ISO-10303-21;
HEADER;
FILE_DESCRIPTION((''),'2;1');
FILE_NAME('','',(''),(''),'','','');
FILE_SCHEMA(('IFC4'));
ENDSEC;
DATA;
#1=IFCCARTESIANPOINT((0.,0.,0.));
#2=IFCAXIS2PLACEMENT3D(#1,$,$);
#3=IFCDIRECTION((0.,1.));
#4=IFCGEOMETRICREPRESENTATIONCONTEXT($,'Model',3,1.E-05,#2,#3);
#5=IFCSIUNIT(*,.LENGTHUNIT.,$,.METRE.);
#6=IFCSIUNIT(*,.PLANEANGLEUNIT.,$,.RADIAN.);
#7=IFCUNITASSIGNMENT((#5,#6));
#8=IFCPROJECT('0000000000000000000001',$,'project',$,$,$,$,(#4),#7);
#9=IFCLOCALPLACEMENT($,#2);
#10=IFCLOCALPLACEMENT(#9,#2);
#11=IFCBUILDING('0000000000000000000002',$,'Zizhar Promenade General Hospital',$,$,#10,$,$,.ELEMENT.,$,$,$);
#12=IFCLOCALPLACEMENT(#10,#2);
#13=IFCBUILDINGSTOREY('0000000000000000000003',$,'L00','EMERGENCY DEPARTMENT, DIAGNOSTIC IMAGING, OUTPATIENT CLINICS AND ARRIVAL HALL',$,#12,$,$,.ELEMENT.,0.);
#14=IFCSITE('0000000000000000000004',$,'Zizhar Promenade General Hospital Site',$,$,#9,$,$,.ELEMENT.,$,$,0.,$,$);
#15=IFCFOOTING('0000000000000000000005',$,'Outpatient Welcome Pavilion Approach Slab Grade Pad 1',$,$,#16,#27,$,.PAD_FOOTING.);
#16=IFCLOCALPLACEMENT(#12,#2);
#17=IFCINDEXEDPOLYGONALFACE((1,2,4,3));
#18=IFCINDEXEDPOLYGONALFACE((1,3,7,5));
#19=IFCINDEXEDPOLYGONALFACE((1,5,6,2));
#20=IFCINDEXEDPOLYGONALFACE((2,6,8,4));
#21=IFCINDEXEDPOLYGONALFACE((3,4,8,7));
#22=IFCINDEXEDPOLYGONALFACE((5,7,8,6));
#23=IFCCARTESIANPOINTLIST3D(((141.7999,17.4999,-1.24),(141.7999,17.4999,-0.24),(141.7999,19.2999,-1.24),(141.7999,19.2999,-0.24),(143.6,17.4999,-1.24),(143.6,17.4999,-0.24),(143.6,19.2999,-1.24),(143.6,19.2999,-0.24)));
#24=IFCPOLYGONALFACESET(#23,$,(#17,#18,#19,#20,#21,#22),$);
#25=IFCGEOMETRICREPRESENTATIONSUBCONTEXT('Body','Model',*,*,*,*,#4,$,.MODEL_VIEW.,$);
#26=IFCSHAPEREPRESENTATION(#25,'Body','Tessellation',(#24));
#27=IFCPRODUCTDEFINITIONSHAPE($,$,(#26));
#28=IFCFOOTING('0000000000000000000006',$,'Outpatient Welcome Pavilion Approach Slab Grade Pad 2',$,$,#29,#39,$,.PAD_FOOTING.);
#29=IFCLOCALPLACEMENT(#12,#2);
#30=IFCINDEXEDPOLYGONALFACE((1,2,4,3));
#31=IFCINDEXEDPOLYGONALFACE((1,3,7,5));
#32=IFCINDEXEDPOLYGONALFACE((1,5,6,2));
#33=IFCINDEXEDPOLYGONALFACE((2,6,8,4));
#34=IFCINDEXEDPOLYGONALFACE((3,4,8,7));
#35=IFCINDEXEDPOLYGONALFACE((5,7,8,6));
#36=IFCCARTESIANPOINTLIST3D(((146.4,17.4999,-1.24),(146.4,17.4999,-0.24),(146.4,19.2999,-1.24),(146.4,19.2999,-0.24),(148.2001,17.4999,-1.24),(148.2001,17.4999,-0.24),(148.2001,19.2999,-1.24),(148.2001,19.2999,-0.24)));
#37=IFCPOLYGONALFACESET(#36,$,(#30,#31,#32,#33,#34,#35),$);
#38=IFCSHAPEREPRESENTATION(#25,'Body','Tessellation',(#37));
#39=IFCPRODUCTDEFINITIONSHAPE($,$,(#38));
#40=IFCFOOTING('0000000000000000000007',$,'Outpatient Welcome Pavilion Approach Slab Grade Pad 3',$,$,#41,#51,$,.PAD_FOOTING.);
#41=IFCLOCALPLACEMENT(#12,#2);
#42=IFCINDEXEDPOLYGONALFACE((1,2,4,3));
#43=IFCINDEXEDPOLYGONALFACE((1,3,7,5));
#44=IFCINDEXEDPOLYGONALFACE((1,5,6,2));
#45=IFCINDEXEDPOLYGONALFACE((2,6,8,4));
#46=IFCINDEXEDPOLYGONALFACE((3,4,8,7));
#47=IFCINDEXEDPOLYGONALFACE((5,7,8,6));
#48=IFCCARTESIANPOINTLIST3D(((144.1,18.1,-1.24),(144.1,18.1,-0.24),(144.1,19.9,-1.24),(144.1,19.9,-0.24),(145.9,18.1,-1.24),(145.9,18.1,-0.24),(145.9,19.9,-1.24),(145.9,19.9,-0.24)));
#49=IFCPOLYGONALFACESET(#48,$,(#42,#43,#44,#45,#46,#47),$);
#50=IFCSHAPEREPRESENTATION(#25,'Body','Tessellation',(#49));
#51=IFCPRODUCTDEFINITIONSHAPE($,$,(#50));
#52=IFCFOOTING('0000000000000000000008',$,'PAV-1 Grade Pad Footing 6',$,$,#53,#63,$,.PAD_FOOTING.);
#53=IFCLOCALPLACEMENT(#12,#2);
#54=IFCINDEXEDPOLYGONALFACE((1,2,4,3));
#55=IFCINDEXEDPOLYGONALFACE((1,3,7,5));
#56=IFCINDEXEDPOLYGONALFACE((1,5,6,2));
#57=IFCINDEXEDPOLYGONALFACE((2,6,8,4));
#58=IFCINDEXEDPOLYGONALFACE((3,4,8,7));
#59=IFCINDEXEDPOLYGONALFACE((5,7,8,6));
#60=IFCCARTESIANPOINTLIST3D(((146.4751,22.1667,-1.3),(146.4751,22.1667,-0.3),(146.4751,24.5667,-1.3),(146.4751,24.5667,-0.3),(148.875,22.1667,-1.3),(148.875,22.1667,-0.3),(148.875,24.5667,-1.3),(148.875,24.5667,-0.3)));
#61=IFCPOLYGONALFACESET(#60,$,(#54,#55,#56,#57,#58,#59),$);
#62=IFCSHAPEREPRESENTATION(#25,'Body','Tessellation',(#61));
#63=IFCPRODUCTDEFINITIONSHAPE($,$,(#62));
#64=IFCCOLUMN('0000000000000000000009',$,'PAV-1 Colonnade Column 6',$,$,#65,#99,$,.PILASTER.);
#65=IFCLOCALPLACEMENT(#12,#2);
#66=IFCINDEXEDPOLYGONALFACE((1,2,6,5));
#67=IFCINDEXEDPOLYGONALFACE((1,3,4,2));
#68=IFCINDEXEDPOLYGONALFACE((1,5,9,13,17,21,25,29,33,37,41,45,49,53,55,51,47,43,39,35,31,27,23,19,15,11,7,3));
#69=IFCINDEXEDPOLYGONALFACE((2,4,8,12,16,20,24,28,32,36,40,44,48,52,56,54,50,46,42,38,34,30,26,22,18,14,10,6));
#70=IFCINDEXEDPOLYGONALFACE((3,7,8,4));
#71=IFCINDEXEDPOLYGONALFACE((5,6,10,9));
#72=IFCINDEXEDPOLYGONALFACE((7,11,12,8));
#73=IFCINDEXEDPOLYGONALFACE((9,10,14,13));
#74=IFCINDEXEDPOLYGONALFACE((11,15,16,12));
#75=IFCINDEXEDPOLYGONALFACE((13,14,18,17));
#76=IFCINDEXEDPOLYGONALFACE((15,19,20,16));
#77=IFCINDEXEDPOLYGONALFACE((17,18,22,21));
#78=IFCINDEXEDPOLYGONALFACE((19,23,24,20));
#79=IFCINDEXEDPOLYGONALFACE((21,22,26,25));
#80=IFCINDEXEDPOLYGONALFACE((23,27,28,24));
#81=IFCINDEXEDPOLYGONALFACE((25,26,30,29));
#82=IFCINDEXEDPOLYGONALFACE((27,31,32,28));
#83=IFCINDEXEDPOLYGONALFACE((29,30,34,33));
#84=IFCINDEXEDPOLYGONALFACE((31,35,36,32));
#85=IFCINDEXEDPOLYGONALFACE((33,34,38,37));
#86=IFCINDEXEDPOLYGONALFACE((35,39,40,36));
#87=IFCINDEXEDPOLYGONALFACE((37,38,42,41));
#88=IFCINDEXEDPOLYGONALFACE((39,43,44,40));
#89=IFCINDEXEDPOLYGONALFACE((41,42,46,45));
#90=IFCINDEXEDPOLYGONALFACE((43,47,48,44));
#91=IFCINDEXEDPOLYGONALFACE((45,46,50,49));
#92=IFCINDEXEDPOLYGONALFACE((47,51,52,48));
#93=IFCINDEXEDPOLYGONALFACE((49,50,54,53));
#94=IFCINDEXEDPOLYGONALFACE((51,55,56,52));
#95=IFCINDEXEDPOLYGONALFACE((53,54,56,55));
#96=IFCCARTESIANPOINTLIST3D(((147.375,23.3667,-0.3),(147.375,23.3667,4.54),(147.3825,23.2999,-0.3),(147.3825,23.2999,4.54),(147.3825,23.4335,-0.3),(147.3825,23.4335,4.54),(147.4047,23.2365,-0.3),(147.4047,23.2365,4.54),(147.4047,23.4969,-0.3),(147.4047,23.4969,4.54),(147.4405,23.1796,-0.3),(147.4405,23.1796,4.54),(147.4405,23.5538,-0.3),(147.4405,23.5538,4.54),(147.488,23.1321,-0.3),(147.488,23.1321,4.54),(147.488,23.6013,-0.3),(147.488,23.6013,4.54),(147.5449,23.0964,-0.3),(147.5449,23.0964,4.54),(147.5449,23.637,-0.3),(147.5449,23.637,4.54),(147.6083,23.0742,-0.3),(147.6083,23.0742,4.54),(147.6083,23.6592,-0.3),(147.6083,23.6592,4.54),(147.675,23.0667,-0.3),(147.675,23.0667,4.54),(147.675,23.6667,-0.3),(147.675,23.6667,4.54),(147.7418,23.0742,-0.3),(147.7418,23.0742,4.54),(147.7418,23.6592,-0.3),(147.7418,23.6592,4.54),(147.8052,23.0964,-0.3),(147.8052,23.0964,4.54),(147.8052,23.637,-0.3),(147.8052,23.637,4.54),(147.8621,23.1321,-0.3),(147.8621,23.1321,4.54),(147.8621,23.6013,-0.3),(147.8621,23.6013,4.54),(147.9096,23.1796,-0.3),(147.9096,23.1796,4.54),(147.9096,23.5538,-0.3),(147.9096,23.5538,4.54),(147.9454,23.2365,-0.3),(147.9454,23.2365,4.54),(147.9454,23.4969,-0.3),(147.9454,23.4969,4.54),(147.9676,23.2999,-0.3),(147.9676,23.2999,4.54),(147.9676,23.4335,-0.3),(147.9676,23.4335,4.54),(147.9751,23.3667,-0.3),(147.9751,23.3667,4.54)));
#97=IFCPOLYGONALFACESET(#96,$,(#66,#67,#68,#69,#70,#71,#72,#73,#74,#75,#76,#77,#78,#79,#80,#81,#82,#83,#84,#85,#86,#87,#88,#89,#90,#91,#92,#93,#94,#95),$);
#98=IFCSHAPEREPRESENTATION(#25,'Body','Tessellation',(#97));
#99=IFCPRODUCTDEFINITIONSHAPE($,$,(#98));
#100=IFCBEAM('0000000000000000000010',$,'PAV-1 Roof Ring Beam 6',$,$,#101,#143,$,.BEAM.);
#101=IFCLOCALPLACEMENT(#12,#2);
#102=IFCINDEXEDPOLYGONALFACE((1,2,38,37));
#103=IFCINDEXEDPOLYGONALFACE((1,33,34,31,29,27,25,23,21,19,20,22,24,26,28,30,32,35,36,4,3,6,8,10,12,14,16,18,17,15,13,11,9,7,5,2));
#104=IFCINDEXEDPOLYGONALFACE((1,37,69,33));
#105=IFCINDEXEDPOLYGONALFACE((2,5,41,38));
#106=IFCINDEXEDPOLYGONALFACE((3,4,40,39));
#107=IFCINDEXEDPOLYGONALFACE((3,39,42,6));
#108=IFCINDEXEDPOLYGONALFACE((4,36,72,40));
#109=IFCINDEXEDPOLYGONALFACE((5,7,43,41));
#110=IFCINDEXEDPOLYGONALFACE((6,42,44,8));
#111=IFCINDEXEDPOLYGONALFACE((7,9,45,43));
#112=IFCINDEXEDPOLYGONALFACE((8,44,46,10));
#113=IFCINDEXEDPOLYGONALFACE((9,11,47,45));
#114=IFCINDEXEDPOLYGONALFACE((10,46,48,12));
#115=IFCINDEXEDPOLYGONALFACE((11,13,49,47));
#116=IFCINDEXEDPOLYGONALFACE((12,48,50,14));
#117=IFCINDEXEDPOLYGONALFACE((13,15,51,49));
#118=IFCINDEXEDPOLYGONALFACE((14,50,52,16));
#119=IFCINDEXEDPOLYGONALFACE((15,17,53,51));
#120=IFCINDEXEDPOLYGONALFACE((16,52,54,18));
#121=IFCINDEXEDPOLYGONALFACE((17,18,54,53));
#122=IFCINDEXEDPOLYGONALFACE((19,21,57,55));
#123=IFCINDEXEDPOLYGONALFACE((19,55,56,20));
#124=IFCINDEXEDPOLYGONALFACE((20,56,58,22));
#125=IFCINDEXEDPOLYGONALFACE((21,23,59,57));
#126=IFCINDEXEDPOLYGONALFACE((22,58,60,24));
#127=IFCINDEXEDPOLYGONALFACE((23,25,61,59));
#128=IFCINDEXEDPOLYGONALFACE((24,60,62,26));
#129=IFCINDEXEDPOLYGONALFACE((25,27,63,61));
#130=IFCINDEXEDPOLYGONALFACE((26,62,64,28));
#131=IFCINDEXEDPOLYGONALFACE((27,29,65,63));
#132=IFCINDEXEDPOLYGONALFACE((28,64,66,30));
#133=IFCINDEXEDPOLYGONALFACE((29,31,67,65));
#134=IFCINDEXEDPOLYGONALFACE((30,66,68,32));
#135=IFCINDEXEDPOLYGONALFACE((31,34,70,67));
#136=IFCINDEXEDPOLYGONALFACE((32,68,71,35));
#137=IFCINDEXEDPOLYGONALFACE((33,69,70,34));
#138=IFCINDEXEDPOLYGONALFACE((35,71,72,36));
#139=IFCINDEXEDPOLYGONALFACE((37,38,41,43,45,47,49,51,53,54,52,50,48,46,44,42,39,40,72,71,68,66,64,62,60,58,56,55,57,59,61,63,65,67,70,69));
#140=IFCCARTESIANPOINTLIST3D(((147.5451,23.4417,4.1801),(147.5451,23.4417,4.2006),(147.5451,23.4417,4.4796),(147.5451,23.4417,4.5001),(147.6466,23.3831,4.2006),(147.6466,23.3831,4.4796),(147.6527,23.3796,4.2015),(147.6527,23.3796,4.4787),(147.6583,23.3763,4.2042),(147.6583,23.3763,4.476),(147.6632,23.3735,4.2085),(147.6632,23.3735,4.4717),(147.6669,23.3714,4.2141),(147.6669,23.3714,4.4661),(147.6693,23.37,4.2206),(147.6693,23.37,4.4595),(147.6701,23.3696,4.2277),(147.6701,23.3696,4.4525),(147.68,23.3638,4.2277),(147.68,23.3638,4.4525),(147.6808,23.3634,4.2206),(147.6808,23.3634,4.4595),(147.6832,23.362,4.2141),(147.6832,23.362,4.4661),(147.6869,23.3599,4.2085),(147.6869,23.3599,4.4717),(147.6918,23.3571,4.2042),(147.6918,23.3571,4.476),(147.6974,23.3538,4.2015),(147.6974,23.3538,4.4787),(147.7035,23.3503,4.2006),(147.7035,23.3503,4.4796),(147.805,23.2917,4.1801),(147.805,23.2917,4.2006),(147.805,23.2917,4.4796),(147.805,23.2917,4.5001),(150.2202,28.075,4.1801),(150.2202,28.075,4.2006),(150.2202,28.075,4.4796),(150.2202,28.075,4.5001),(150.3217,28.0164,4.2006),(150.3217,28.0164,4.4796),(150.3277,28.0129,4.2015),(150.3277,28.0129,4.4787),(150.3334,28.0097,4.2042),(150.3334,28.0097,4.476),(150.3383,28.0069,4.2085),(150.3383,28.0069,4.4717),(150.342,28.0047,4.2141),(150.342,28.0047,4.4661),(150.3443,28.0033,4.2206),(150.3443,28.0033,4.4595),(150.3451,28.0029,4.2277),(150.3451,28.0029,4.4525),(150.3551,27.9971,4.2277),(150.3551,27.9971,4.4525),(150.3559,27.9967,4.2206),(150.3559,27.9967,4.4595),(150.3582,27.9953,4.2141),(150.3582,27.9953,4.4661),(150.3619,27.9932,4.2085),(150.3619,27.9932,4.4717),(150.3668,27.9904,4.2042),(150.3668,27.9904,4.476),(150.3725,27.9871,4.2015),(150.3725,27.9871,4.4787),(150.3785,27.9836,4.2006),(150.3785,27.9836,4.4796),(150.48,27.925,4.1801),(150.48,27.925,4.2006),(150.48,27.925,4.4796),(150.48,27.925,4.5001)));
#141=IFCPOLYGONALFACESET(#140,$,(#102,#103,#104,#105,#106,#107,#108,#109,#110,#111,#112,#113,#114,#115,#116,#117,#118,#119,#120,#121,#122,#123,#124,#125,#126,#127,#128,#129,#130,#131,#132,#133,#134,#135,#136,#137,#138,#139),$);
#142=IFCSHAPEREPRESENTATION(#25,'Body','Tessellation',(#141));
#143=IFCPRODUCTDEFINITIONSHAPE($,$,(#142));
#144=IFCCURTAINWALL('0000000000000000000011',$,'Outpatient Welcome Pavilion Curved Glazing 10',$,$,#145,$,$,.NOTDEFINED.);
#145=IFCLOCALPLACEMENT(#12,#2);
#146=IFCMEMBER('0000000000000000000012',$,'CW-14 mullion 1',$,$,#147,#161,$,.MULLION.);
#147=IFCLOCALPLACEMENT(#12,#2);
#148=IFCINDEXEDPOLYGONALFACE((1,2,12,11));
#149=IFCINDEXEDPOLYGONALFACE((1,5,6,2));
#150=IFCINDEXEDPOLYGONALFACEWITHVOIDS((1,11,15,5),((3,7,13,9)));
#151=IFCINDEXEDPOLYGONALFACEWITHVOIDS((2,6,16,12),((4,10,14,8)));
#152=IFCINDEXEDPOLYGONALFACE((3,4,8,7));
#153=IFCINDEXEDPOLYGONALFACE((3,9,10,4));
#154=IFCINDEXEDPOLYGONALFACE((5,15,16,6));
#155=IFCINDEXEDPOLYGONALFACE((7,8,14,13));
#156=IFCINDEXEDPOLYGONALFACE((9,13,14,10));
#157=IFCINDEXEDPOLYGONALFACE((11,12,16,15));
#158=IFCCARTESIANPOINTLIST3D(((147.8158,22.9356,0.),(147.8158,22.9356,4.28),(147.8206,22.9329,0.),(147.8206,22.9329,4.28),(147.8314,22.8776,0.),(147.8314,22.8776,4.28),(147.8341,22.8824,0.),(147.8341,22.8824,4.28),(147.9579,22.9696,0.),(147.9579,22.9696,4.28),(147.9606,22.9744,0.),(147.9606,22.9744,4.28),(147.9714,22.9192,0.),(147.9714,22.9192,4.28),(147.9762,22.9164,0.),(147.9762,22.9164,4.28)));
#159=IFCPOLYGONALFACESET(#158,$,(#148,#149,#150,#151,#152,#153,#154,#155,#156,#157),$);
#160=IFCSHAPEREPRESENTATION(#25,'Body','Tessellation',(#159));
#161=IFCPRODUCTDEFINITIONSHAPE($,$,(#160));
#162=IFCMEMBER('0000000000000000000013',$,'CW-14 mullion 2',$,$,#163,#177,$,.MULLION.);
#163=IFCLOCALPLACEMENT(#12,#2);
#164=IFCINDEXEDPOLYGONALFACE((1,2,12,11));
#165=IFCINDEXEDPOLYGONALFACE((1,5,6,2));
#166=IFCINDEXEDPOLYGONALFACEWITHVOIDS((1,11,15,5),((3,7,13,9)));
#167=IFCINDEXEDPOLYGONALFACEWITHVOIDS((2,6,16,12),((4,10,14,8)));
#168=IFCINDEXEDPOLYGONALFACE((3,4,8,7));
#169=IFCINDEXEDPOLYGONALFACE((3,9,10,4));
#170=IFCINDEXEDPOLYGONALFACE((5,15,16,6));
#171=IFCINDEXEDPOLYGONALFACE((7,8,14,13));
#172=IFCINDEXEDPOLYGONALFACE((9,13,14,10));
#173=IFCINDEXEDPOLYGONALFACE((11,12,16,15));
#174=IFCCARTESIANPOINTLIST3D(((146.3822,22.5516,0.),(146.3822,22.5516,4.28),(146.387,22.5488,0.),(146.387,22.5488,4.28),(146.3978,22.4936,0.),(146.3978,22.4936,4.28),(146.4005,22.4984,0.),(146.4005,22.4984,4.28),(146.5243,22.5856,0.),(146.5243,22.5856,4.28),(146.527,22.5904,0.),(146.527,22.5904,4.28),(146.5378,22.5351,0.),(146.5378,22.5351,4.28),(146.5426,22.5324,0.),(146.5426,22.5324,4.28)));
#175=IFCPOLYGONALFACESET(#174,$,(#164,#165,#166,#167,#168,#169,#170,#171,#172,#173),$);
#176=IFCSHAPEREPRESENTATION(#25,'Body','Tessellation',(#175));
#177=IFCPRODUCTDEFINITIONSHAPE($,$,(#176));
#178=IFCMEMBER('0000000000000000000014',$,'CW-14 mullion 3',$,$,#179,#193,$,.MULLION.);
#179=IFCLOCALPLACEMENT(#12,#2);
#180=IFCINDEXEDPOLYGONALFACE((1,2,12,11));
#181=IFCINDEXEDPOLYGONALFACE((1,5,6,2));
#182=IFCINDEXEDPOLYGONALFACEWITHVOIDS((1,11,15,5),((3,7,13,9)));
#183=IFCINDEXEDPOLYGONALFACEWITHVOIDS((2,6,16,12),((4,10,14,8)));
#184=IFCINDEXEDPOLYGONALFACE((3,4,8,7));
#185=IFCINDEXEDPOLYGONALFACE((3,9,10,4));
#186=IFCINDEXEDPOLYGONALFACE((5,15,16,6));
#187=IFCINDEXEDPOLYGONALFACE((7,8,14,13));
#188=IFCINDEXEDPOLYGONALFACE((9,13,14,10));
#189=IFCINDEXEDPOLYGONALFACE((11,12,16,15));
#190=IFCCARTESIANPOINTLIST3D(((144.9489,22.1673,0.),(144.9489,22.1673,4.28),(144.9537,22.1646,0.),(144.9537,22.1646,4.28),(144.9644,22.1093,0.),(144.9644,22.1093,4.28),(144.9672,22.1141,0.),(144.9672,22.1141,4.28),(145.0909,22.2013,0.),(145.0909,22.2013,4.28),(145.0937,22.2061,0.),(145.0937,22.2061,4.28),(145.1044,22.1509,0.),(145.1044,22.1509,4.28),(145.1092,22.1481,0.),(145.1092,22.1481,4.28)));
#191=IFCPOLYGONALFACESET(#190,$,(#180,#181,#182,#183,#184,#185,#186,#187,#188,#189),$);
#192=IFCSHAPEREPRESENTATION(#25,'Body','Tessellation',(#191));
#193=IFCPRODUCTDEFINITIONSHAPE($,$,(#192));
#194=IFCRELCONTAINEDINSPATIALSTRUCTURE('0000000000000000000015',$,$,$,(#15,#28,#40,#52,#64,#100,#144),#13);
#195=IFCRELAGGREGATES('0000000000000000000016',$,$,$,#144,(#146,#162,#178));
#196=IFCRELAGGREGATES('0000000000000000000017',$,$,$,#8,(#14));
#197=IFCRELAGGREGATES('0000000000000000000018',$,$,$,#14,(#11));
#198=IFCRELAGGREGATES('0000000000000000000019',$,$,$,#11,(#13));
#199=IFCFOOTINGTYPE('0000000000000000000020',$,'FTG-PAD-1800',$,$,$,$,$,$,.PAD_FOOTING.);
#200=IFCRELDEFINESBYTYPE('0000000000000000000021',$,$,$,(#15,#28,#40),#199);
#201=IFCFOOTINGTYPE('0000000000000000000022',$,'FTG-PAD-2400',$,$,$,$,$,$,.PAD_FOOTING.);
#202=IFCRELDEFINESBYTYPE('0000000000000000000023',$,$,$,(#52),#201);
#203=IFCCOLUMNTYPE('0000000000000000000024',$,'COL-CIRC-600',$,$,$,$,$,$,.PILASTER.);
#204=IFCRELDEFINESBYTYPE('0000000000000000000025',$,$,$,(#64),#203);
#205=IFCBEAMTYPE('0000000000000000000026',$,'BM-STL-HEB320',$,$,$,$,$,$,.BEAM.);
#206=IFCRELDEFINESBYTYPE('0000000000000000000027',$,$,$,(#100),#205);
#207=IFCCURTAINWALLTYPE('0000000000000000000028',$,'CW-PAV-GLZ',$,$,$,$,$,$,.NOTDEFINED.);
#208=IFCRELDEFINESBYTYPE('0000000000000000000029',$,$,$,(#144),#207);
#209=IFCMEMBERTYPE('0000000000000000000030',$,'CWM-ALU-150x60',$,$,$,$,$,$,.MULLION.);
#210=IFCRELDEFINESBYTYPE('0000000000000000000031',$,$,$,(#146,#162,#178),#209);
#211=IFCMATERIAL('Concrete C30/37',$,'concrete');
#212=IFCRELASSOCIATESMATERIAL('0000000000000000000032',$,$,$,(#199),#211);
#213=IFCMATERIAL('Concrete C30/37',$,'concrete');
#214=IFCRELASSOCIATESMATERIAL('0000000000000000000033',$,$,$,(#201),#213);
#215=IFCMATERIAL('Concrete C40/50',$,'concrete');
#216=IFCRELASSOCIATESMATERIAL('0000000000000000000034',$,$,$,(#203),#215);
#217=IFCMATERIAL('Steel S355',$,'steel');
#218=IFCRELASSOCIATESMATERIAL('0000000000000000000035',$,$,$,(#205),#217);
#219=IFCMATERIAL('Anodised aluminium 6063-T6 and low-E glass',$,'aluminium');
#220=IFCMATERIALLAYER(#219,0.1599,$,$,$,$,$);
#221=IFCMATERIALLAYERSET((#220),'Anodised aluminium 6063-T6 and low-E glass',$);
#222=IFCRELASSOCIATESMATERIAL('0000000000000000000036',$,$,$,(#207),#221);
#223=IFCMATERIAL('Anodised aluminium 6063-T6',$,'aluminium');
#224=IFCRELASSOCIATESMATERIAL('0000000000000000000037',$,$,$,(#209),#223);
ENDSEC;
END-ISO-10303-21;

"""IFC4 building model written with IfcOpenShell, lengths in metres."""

from ifc_helpers import new_model, si_unit, direction, frame, origin, origin_2d, place, context, subcontext, project, spatial, rectangle, hollow_rectangle, circle, i_section, extrude, material, layer, layer_set, material_profile, profile_set, type_object, element, aggregate, save


model = new_model("IFC4")

# Units and contexts
model_context = context("Model", 3, precision=1e-05, world=origin(), true_north=direction((0.0, 1.0)))
body_context = subcontext(model_context, "Body", "Model", "MODEL_VIEW")
ifc_project = project(units=[si_unit("LENGTHUNIT", "METRE"), si_unit("PLANEANGLEUNIT", "RADIAN")], contexts=[model_context])

# Site, building, storey
site_placement = place(None, origin())
site = spatial("IfcSite", under=ifc_project, at=site_placement, Name="Zizhar Promenade General Hospital Site", CompositionType="ELEMENT", RefElevation=0.0)
building_placement = place(site_placement, origin())
building = spatial("IfcBuilding", under=site, at=building_placement, Name="Zizhar Promenade General Hospital", CompositionType="ELEMENT")
storey_placement = place(building_placement, origin())
storey = spatial("IfcBuildingStorey", under=building, at=storey_placement, Name="L00", Description="EMERGENCY DEPARTMENT, DIAGNOSTIC IMAGING, OUTPATIENT CLINICS AND ARRIVAL HALL", CompositionType="ELEMENT", Elevation=0.0)

# Footings
ifc_material_1 = material(Name="Concrete C30/37", Category="concrete")
footing_type_1 = type_object("IfcFootingType", Name="FTG-PAD-1800", PredefinedType="PAD_FOOTING", material=ifc_material_1)
for number, where, z_axis, x_axis, name in (
    (1, (142.7, 18.3999, -1.24), (0.0, 0.0, 1.0), (1.0, 0.0, 0.0), "Outpatient Welcome Pavilion Approach Slab Grade Pad 1"),
    (2, (147.3, 18.3999, -1.24), (0.0, 0.0, 1.0), (1.0, 0.0, 0.0), "Outpatient Welcome Pavilion Approach Slab Grade Pad 2"),
    (3, (145.0, 19.0, -1.24), (0.0, 0.0, 1.0), (1.0, 0.0, 0.0), "Outpatient Welcome Pavilion Approach Slab Grade Pad 3"),
):
    element("IfcFooting", number, at=place(storey_placement, frame(where, z_axis=z_axis, x_axis=x_axis)), inside=storey, type_object=footing_type_1, Name=name, PredefinedType="PAD_FOOTING", context=body_context, shape_type="SweptSolid", body=[
        extrude(rectangle(XDim=1.8, YDim=1.8, at=origin_2d()), origin(), (0.0, 0.0, 1.0), 1.0),
    ])
ifc_material_2 = material(Name="Concrete C30/37", Category="concrete")
footing_type_2 = type_object("IfcFootingType", Name="FTG-PAD-2400", PredefinedType="PAD_FOOTING", material=ifc_material_2)
footing_placement = place(storey_placement, frame((147.675, 23.3667, -1.3), z_axis=(0.0, 0.0, 1.0), x_axis=(1.0, 0.0, 0.0)))
element("IfcFooting", 4, at=footing_placement, inside=storey, type_object=footing_type_2, Name="PAV-1 Grade Pad Footing 6", PredefinedType="PAD_FOOTING", context=body_context, shape_type="SweptSolid", body=[
    extrude(rectangle(XDim=2.3999, YDim=2.3999, at=origin_2d()), origin(), (0.0, 0.0, 1.0), 1.0),
])

# Column
ifc_material_3 = material(Name="Concrete C40/50", Category="concrete")
ifc_material_profile_1 = material_profile(ifc_material_3, circle(Radius=0.3, at=origin_2d()))
ifc_profile_set_1 = profile_set([ifc_material_profile_1], Name="Concrete C40/50")
column_type = type_object("IfcColumnType", Name="COL-CIRC-600", PredefinedType="PILASTER", material=ifc_profile_set_1)
column_placement = place(storey_placement, frame((147.675, 23.3667, -0.3), z_axis=(0.0, 0.0, 1.0), x_axis=(1.0, 0.0, 0.0)))
element("IfcColumn", 5, at=column_placement, inside=storey, type_object=column_type, Name="PAV-1 Colonnade Column 6", PredefinedType="PILASTER", context=body_context, shape_type="SweptSolid", body=[
    extrude(circle(Radius=0.3, at=origin_2d()), origin(), (0.0, 0.0, 1.0), 4.8401),
])

# Beam
ifc_material_4 = material(Name="Steel S355", Category="steel")
ifc_material_profile_2 = material_profile(ifc_material_4, i_section(OverallWidth=0.3, OverallDepth=0.3201, WebThickness=0.0115, FlangeThickness=0.0205, FilletRadius=0.0271, at=origin_2d()))
ifc_profile_set_2 = profile_set([ifc_material_profile_2], Name="Steel S355")
beam_type = type_object("IfcBeamType", Name="BM-STL-HEB320", PredefinedType="BEAM", material=ifc_profile_set_2)
beam_placement = place(storey_placement, frame((147.675, 23.3667, 4.3401), z_axis=(0.500002, 0.866024, 0.0), x_axis=(-0.866024, 0.500002, 0.0)))
element("IfcBeam", 6, at=beam_placement, inside=storey, type_object=beam_type, Name="PAV-1 Roof Ring Beam 6", PredefinedType="BEAM", context=body_context, shape_type="SweptSolid", body=[
    extrude(i_section(OverallWidth=0.3, OverallDepth=0.3201, WebThickness=0.0115, FlangeThickness=0.0205, FilletRadius=0.0271, at=origin_2d()), origin(), (0.0, 0.0, 1.0), 5.3501),
])

# Curtain wall, members
ifc_material_5 = material(Name="Anodised aluminium 6063-T6 and low-E glass", Category="aluminium")
ifc_layer_1 = layer(ifc_material_5, 0.1599)
ifc_layer_set_1 = layer_set([ifc_layer_1], Name="Anodised aluminium 6063-T6 and low-E glass")
curtain_wall_type = type_object("IfcCurtainWallType", Name="CW-PAV-GLZ", PredefinedType="NOTDEFINED", material=ifc_layer_set_1)
curtain_wall_1_placement = place(storey_placement, origin())
curtain_wall_1 = element("IfcCurtainWall", 7, at=curtain_wall_1_placement, inside=storey, type_object=curtain_wall_type, Name="Outpatient Welcome Pavilion Curved Glazing 10", PredefinedType="NOTDEFINED")
ifc_material_6 = material(Name="Anodised aluminium 6063-T6", Category="aluminium")
ifc_material_profile_3 = material_profile(ifc_material_6, hollow_rectangle(XDim=0.0601, YDim=0.1499, WallThickness=0.0039, at=origin_2d()))
ifc_profile_set_3 = profile_set([ifc_material_profile_3], Name="Anodised aluminium 6063-T6")
member_type_1 = type_object("IfcMemberType", Name="CWM-ALU-150x60", PredefinedType="MULLION", material=ifc_profile_set_3)
member_1_placement = place(storey_placement, frame((147.896, 22.926, 0.0), z_axis=(0.0, 0.0, 1.0), x_axis=(0.258834, -0.965922, 0.0)))
member_1 = element("IfcMember", 8, at=member_1_placement, type_object=member_type_1, Name="CW-14 mullion 1", PredefinedType="MULLION", context=body_context, shape_type="SweptSolid", body=[
    extrude(hollow_rectangle(XDim=0.0601, YDim=0.1499, WallThickness=0.0039, at=origin_2d()), origin(), (0.0, 0.0, 1.0), 4.28),
])
member_2_placement = place(storey_placement, frame((146.4624, 22.542, 0.0), z_axis=(0.0, 0.0, 1.0), x_axis=(0.258834, -0.965922, 0.0)))
member_2 = element("IfcMember", 9, at=member_2_placement, type_object=member_type_1, Name="CW-14 mullion 2", PredefinedType="MULLION", context=body_context, shape_type="SweptSolid", body=[
    extrude(hollow_rectangle(XDim=0.0601, YDim=0.1499, WallThickness=0.0039, at=origin_2d()), origin(), (0.0, 0.0, 1.0), 4.28),
])
member_3_placement = place(storey_placement, frame((145.0291, 22.1577, 0.0), z_axis=(0.0, 0.0, 1.0), x_axis=(0.258834, -0.965922, 0.0)))
member_3 = element("IfcMember", 10, at=member_3_placement, type_object=member_type_1, Name="CW-14 mullion 3", PredefinedType="MULLION", context=body_context, shape_type="SweptSolid", body=[
    extrude(hollow_rectangle(XDim=0.0601, YDim=0.1499, WallThickness=0.0039, at=origin_2d()), origin(), (0.0, 0.0, 1.0), 4.28),
])

aggregate(curtain_wall_1, [member_1, member_2, member_3])

save(model, "model.ifc")
